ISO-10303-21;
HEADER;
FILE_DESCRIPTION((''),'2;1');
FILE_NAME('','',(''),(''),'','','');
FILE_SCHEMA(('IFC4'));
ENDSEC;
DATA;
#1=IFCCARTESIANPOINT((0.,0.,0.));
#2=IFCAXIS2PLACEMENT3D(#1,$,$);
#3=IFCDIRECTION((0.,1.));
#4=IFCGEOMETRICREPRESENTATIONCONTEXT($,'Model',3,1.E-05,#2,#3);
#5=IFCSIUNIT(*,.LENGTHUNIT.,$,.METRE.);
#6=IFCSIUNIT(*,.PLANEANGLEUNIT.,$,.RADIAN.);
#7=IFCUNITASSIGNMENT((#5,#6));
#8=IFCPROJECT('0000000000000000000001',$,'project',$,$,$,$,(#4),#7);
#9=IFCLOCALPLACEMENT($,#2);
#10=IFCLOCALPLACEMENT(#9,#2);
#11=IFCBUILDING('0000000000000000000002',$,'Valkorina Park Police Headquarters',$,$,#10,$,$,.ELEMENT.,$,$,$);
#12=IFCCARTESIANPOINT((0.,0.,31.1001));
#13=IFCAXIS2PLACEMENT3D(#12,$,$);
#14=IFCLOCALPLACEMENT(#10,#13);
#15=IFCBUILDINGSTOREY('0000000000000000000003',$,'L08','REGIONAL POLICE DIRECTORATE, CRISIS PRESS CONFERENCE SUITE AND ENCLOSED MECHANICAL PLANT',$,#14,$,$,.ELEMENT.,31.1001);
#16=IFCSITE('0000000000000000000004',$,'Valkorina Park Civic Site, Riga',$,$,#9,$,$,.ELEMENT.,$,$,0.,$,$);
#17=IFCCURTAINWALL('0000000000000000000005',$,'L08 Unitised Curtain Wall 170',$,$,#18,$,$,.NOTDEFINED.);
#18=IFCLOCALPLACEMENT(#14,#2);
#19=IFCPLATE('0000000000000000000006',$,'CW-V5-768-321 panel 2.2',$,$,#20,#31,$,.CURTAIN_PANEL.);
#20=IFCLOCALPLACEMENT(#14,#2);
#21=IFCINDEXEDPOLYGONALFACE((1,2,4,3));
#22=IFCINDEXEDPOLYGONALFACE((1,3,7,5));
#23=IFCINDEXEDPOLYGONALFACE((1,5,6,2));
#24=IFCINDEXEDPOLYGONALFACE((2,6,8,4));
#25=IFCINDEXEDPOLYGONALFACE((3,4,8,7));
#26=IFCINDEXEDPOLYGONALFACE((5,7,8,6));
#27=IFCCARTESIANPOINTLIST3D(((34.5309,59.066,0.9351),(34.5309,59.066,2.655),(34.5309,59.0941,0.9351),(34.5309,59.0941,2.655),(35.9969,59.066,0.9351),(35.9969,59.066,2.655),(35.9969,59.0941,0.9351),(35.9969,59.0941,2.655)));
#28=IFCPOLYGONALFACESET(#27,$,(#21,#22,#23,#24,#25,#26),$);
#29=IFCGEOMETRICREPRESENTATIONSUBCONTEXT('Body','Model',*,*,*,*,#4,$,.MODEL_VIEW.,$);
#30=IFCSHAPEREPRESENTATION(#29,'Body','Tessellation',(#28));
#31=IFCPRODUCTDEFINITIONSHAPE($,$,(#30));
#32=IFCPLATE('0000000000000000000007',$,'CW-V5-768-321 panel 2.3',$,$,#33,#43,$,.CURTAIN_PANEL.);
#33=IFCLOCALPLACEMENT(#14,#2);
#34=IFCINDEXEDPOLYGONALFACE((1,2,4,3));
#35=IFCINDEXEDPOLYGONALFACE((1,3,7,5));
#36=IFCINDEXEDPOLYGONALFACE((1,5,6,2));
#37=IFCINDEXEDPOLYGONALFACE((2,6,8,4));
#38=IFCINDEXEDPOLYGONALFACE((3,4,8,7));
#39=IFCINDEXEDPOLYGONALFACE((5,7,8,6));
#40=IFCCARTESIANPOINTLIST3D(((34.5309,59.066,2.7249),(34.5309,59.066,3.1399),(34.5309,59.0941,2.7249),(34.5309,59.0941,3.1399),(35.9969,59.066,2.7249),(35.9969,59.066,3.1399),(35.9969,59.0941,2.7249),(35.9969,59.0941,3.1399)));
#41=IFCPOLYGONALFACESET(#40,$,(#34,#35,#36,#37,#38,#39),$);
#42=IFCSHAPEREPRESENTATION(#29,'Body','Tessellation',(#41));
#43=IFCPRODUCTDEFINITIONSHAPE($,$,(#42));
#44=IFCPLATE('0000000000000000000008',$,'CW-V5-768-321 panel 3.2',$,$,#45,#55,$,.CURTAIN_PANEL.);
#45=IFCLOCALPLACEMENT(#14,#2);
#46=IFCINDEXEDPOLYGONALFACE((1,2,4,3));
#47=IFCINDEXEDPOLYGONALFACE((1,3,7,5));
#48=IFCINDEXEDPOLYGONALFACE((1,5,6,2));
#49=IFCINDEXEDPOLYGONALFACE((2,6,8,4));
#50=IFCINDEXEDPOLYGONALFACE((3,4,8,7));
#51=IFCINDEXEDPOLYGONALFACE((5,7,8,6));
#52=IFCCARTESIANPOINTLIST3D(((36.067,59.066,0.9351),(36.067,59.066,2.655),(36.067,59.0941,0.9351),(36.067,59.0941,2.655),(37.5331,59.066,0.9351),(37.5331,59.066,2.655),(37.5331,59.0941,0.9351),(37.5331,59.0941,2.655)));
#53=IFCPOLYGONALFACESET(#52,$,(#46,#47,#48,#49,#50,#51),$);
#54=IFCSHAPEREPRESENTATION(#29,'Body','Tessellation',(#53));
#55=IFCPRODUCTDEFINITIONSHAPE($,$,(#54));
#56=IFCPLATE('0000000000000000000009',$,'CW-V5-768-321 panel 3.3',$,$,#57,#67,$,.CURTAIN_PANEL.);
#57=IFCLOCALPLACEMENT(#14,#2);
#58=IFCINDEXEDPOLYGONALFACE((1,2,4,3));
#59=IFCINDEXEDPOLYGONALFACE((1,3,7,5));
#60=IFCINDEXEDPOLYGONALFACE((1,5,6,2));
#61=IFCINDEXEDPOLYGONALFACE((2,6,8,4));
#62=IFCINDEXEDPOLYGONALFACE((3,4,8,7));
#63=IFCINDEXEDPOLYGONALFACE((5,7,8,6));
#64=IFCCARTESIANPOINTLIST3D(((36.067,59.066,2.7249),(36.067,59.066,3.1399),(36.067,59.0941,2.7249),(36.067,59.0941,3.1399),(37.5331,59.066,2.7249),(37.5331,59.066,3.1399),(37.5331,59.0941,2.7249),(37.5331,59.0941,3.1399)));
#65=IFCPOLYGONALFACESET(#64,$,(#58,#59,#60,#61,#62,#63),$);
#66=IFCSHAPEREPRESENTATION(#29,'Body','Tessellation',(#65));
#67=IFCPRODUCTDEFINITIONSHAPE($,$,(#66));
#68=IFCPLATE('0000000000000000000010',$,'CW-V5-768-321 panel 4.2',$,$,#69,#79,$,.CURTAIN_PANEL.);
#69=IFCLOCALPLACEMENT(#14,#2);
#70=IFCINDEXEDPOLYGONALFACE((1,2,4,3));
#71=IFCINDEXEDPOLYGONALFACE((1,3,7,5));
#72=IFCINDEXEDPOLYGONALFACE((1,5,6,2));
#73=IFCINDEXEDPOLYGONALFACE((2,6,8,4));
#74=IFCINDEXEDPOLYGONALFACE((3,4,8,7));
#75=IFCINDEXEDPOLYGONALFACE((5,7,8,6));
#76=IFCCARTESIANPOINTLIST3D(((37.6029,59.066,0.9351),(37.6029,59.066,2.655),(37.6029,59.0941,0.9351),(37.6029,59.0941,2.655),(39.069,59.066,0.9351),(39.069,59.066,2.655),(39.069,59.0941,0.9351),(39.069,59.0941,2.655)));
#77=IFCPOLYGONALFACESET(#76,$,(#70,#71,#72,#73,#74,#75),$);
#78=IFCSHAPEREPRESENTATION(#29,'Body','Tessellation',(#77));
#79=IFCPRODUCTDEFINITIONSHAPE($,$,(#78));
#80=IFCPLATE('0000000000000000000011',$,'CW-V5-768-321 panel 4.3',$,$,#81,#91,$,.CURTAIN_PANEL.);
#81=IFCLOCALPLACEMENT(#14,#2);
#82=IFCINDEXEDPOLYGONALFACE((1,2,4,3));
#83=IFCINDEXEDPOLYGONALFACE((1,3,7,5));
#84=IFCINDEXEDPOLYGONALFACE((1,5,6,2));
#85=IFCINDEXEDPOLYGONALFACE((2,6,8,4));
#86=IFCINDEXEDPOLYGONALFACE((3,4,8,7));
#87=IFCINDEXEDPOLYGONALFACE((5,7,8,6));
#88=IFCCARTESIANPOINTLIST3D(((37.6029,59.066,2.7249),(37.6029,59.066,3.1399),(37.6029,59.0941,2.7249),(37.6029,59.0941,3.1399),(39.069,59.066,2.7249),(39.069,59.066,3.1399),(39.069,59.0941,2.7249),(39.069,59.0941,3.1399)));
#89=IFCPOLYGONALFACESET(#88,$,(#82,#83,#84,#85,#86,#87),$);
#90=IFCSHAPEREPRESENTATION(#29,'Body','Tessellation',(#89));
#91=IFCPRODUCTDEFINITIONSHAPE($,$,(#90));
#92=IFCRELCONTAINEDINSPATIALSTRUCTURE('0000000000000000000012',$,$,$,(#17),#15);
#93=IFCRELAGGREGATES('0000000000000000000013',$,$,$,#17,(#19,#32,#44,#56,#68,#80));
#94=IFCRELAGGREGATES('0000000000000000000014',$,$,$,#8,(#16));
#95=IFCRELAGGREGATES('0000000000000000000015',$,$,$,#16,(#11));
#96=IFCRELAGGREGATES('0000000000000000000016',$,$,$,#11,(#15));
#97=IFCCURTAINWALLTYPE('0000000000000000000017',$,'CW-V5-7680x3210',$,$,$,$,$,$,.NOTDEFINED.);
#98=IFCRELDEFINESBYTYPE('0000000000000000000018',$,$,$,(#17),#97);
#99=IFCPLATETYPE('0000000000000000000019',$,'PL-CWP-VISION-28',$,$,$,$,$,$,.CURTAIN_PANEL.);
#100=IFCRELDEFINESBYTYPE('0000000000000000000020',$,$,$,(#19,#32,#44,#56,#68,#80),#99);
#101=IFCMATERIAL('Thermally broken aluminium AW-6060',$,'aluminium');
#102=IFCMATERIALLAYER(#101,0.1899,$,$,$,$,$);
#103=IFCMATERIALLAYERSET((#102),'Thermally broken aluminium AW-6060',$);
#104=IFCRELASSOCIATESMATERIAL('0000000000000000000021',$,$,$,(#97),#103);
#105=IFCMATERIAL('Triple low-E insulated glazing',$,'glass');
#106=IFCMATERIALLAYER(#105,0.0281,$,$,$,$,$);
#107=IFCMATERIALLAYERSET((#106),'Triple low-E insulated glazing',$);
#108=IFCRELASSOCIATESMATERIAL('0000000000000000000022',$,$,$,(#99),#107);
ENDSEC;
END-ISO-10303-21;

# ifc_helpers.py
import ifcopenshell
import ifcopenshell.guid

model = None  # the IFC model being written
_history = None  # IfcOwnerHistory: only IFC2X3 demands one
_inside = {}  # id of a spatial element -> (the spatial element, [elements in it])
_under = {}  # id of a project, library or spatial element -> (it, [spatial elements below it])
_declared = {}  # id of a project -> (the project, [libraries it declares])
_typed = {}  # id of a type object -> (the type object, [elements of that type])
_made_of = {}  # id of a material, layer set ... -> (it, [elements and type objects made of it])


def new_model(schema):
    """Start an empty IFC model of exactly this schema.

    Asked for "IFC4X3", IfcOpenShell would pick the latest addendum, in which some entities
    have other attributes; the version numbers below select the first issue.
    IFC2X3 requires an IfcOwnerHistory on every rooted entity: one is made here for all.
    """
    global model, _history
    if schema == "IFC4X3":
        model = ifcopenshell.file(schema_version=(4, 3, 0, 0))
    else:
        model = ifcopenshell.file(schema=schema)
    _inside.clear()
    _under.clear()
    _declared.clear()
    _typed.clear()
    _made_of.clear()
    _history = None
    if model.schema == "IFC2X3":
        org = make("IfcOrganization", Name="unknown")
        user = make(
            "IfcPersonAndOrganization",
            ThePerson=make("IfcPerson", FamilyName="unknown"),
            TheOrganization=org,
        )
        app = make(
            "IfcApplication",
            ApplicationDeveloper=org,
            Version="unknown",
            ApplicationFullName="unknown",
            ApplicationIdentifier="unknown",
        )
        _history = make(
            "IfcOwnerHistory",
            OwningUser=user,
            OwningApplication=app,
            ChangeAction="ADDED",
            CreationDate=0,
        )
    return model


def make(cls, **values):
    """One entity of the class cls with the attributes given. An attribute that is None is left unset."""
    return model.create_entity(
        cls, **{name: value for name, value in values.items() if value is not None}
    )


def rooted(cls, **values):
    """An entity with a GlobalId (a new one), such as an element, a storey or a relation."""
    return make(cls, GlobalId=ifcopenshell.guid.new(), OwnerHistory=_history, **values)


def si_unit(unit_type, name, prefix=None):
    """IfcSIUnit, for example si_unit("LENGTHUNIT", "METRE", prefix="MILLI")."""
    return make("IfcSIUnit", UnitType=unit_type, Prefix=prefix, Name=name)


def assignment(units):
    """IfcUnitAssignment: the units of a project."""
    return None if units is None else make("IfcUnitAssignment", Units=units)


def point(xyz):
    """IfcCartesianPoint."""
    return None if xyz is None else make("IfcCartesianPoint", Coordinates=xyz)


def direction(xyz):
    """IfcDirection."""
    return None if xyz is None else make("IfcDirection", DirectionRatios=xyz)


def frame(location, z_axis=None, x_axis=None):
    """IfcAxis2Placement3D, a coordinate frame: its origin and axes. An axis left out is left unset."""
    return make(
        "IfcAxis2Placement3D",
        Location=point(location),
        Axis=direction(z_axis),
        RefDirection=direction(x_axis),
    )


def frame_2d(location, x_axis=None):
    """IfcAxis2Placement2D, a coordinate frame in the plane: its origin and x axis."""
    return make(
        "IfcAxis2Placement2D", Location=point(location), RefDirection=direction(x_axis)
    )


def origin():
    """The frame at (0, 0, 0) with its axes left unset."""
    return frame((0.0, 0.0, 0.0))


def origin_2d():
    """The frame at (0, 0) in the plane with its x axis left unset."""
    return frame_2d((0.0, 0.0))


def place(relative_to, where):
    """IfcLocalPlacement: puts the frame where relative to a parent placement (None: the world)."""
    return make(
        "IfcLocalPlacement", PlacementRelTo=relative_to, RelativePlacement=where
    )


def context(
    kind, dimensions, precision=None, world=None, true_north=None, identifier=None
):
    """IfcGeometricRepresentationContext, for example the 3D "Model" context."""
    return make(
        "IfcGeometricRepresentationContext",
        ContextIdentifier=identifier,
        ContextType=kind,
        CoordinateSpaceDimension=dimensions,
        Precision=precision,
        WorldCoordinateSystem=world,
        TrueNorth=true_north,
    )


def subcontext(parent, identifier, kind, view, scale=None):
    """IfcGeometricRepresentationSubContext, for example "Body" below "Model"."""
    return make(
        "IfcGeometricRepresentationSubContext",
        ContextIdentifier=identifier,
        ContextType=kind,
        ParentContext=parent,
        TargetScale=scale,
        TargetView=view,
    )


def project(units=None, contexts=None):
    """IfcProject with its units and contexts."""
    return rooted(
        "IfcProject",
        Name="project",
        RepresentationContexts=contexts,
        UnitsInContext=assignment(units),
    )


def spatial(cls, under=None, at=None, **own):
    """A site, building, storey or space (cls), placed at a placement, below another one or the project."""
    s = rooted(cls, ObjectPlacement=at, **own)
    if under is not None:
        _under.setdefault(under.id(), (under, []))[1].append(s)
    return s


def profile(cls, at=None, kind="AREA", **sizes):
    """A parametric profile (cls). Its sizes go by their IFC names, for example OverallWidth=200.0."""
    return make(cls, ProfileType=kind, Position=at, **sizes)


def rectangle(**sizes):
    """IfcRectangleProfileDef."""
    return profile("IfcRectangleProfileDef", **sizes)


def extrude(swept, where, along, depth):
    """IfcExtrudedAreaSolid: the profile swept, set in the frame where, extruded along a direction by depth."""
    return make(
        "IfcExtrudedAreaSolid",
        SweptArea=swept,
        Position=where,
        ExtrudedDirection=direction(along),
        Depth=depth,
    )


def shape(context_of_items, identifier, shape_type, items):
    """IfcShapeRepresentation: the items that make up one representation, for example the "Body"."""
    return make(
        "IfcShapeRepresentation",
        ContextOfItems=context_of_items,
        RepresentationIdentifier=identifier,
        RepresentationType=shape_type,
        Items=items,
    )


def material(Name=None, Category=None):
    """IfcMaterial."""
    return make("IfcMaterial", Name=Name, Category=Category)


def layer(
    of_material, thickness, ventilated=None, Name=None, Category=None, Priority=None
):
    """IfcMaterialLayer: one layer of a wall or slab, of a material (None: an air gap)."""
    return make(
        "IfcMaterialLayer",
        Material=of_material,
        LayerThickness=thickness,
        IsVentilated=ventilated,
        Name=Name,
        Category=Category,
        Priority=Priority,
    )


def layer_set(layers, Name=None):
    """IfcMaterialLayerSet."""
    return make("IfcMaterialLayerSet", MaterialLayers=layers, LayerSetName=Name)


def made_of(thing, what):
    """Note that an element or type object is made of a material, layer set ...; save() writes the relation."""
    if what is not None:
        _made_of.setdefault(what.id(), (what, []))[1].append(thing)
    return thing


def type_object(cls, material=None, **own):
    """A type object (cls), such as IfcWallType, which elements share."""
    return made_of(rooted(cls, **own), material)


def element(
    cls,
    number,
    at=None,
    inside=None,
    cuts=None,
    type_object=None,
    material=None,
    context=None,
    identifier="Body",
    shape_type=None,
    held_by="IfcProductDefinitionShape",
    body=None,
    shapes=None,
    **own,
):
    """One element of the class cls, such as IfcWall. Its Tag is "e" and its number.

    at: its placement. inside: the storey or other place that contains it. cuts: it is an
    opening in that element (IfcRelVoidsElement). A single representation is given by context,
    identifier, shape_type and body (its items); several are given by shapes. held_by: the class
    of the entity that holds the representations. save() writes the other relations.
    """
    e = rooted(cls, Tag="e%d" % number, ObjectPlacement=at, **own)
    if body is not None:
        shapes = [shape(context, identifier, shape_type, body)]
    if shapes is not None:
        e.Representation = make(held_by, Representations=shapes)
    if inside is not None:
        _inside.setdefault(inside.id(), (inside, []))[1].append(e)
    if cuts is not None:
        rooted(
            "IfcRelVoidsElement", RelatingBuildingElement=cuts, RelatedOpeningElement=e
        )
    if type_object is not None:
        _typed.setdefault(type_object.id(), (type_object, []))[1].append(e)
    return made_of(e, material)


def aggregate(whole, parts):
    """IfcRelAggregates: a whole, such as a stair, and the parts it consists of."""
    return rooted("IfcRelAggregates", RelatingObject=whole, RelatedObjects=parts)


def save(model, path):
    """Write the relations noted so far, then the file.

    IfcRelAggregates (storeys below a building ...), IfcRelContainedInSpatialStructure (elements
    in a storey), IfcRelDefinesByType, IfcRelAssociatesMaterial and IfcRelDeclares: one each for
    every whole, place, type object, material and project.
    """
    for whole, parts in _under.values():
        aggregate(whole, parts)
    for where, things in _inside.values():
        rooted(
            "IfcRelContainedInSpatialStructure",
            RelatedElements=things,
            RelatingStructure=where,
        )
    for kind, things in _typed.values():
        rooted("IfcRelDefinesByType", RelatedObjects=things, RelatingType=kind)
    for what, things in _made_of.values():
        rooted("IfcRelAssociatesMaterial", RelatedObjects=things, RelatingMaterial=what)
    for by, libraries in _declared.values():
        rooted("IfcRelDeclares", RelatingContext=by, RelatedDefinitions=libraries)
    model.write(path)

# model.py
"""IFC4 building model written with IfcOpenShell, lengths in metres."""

from ifc_helpers import new_model, si_unit, direction, frame, origin, origin_2d, place, context, subcontext, project, spatial, rectangle, extrude, material, layer, layer_set, type_object, element, aggregate, save


model = new_model("IFC4")

# Units and contexts
model_context = context("Model", 3, precision=1e-05, world=origin(), true_north=direction((0.0, 1.0)))
body_context = subcontext(model_context, "Body", "Model", "MODEL_VIEW")
ifc_project = project(units=[si_unit("LENGTHUNIT", "METRE"), si_unit("PLANEANGLEUNIT", "RADIAN")], contexts=[model_context])

# Site, building, storey
site_placement = place(None, origin())
site = spatial("IfcSite", under=ifc_project, at=site_placement, Name="Valkorina Park Civic Site, Riga", CompositionType="ELEMENT", RefElevation=0.0)
building_placement = place(site_placement, origin())
building = spatial("IfcBuilding", under=site, at=building_placement, Name="Valkorina Park Police Headquarters", CompositionType="ELEMENT")
storey_placement = place(building_placement, frame((0.0, 0.0, 31.1001)))
storey = spatial("IfcBuildingStorey", under=building, at=storey_placement, Name="L08", Description="REGIONAL POLICE DIRECTORATE, CRISIS PRESS CONFERENCE SUITE AND ENCLOSED MECHANICAL PLANT", CompositionType="ELEMENT", Elevation=31.1001)

# Curtain wall, plates
ifc_material_1 = material(Name="Thermally broken aluminium AW-6060", Category="aluminium")
ifc_layer_1 = layer(ifc_material_1, 0.1899)
ifc_layer_set_1 = layer_set([ifc_layer_1], Name="Thermally broken aluminium AW-6060")
curtain_wall_type = type_object("IfcCurtainWallType", Name="CW-V5-7680x3210", PredefinedType="NOTDEFINED", material=ifc_layer_set_1)
curtain_wall_placement = place(storey_placement, origin())
curtain_wall = element("IfcCurtainWall", 1, at=curtain_wall_placement, inside=storey, type_object=curtain_wall_type, Name="L08 Unitised Curtain Wall 170", PredefinedType="NOTDEFINED")
ifc_material_2 = material(Name="Triple low-E insulated glazing", Category="glass")
ifc_layer_2 = layer(ifc_material_2, 0.0281)
ifc_layer_set_2 = layer_set([ifc_layer_2], Name="Triple low-E insulated glazing")
plate_type_1 = type_object("IfcPlateType", Name="PL-CWP-VISION-28", PredefinedType="CURTAIN_PANEL", material=ifc_layer_set_2)
plate_1_placement = place(storey_placement, frame((35.2639, 59.0801, 0.9351), z_axis=(0.0, 0.0, 1.0), x_axis=(1.0, 0.0, 0.0)))
plate_1 = element("IfcPlate", 2, at=plate_1_placement, type_object=plate_type_1, Name="CW-V5-768-321 panel 2.2", PredefinedType="CURTAIN_PANEL", context=body_context, shape_type="SweptSolid", body=[
    extrude(rectangle(XDim=1.4661, YDim=0.0281, at=origin_2d()), origin(), (0.0, 0.0, 1.0), 1.72),
])
plate_2_placement = place(storey_placement, frame((35.2639, 59.0801, 2.7249), z_axis=(0.0, 0.0, 1.0), x_axis=(1.0, 0.0, 0.0)))
plate_2 = element("IfcPlate", 3, at=plate_2_placement, type_object=plate_type_1, Name="CW-V5-768-321 panel 2.3", PredefinedType="CURTAIN_PANEL", context=body_context, shape_type="SweptSolid", body=[
    extrude(rectangle(XDim=1.4661, YDim=0.0281, at=origin_2d()), origin(), (0.0, 0.0, 1.0), 0.415),
])
plate_3_placement = place(storey_placement, frame((36.8, 59.0801, 0.9351), z_axis=(0.0, 0.0, 1.0), x_axis=(1.0, 0.0, 0.0)))
plate_3 = element("IfcPlate", 4, at=plate_3_placement, type_object=plate_type_1, Name="CW-V5-768-321 panel 3.2", PredefinedType="CURTAIN_PANEL", context=body_context, shape_type="SweptSolid", body=[
    extrude(rectangle(XDim=1.4661, YDim=0.0281, at=origin_2d()), origin(), (0.0, 0.0, 1.0), 1.72),
])
plate_4_placement = place(storey_placement, frame((36.8, 59.0801, 2.7249), z_axis=(0.0, 0.0, 1.0), x_axis=(1.0, 0.0, 0.0)))
plate_4 = element("IfcPlate", 5, at=plate_4_placement, type_object=plate_type_1, Name="CW-V5-768-321 panel 3.3", PredefinedType="CURTAIN_PANEL", context=body_context, shape_type="SweptSolid", body=[
    extrude(rectangle(XDim=1.4661, YDim=0.0281, at=origin_2d()), origin(), (0.0, 0.0, 1.0), 0.415),
])
plate_5_placement = place(storey_placement, frame((38.3359, 59.0801, 0.9351), z_axis=(0.0, 0.0, 1.0), x_axis=(1.0, 0.0, 0.0)))
plate_5 = element("IfcPlate", 6, at=plate_5_placement, type_object=plate_type_1, Name="CW-V5-768-321 panel 4.2", PredefinedType="CURTAIN_PANEL", context=body_context, shape_type="SweptSolid", body=[
    extrude(rectangle(XDim=1.4661, YDim=0.0281, at=origin_2d()), origin(), (0.0, 0.0, 1.0), 1.72),
])
plate_6_placement = place(storey_placement, frame((38.3359, 59.0801, 2.7249), z_axis=(0.0, 0.0, 1.0), x_axis=(1.0, 0.0, 0.0)))
plate_6 = element("IfcPlate", 7, at=plate_6_placement, type_object=plate_type_1, Name="CW-V5-768-321 panel 4.3", PredefinedType="CURTAIN_PANEL", context=body_context, shape_type="SweptSolid", body=[
    extrude(rectangle(XDim=1.4661, YDim=0.0281, at=origin_2d()), origin(), (0.0, 0.0, 1.0), 0.415),
])
aggregate(curtain_wall, [plate_1, plate_2, plate_3, plate_4, plate_5, plate_6])

save(model, "model.ifc")
